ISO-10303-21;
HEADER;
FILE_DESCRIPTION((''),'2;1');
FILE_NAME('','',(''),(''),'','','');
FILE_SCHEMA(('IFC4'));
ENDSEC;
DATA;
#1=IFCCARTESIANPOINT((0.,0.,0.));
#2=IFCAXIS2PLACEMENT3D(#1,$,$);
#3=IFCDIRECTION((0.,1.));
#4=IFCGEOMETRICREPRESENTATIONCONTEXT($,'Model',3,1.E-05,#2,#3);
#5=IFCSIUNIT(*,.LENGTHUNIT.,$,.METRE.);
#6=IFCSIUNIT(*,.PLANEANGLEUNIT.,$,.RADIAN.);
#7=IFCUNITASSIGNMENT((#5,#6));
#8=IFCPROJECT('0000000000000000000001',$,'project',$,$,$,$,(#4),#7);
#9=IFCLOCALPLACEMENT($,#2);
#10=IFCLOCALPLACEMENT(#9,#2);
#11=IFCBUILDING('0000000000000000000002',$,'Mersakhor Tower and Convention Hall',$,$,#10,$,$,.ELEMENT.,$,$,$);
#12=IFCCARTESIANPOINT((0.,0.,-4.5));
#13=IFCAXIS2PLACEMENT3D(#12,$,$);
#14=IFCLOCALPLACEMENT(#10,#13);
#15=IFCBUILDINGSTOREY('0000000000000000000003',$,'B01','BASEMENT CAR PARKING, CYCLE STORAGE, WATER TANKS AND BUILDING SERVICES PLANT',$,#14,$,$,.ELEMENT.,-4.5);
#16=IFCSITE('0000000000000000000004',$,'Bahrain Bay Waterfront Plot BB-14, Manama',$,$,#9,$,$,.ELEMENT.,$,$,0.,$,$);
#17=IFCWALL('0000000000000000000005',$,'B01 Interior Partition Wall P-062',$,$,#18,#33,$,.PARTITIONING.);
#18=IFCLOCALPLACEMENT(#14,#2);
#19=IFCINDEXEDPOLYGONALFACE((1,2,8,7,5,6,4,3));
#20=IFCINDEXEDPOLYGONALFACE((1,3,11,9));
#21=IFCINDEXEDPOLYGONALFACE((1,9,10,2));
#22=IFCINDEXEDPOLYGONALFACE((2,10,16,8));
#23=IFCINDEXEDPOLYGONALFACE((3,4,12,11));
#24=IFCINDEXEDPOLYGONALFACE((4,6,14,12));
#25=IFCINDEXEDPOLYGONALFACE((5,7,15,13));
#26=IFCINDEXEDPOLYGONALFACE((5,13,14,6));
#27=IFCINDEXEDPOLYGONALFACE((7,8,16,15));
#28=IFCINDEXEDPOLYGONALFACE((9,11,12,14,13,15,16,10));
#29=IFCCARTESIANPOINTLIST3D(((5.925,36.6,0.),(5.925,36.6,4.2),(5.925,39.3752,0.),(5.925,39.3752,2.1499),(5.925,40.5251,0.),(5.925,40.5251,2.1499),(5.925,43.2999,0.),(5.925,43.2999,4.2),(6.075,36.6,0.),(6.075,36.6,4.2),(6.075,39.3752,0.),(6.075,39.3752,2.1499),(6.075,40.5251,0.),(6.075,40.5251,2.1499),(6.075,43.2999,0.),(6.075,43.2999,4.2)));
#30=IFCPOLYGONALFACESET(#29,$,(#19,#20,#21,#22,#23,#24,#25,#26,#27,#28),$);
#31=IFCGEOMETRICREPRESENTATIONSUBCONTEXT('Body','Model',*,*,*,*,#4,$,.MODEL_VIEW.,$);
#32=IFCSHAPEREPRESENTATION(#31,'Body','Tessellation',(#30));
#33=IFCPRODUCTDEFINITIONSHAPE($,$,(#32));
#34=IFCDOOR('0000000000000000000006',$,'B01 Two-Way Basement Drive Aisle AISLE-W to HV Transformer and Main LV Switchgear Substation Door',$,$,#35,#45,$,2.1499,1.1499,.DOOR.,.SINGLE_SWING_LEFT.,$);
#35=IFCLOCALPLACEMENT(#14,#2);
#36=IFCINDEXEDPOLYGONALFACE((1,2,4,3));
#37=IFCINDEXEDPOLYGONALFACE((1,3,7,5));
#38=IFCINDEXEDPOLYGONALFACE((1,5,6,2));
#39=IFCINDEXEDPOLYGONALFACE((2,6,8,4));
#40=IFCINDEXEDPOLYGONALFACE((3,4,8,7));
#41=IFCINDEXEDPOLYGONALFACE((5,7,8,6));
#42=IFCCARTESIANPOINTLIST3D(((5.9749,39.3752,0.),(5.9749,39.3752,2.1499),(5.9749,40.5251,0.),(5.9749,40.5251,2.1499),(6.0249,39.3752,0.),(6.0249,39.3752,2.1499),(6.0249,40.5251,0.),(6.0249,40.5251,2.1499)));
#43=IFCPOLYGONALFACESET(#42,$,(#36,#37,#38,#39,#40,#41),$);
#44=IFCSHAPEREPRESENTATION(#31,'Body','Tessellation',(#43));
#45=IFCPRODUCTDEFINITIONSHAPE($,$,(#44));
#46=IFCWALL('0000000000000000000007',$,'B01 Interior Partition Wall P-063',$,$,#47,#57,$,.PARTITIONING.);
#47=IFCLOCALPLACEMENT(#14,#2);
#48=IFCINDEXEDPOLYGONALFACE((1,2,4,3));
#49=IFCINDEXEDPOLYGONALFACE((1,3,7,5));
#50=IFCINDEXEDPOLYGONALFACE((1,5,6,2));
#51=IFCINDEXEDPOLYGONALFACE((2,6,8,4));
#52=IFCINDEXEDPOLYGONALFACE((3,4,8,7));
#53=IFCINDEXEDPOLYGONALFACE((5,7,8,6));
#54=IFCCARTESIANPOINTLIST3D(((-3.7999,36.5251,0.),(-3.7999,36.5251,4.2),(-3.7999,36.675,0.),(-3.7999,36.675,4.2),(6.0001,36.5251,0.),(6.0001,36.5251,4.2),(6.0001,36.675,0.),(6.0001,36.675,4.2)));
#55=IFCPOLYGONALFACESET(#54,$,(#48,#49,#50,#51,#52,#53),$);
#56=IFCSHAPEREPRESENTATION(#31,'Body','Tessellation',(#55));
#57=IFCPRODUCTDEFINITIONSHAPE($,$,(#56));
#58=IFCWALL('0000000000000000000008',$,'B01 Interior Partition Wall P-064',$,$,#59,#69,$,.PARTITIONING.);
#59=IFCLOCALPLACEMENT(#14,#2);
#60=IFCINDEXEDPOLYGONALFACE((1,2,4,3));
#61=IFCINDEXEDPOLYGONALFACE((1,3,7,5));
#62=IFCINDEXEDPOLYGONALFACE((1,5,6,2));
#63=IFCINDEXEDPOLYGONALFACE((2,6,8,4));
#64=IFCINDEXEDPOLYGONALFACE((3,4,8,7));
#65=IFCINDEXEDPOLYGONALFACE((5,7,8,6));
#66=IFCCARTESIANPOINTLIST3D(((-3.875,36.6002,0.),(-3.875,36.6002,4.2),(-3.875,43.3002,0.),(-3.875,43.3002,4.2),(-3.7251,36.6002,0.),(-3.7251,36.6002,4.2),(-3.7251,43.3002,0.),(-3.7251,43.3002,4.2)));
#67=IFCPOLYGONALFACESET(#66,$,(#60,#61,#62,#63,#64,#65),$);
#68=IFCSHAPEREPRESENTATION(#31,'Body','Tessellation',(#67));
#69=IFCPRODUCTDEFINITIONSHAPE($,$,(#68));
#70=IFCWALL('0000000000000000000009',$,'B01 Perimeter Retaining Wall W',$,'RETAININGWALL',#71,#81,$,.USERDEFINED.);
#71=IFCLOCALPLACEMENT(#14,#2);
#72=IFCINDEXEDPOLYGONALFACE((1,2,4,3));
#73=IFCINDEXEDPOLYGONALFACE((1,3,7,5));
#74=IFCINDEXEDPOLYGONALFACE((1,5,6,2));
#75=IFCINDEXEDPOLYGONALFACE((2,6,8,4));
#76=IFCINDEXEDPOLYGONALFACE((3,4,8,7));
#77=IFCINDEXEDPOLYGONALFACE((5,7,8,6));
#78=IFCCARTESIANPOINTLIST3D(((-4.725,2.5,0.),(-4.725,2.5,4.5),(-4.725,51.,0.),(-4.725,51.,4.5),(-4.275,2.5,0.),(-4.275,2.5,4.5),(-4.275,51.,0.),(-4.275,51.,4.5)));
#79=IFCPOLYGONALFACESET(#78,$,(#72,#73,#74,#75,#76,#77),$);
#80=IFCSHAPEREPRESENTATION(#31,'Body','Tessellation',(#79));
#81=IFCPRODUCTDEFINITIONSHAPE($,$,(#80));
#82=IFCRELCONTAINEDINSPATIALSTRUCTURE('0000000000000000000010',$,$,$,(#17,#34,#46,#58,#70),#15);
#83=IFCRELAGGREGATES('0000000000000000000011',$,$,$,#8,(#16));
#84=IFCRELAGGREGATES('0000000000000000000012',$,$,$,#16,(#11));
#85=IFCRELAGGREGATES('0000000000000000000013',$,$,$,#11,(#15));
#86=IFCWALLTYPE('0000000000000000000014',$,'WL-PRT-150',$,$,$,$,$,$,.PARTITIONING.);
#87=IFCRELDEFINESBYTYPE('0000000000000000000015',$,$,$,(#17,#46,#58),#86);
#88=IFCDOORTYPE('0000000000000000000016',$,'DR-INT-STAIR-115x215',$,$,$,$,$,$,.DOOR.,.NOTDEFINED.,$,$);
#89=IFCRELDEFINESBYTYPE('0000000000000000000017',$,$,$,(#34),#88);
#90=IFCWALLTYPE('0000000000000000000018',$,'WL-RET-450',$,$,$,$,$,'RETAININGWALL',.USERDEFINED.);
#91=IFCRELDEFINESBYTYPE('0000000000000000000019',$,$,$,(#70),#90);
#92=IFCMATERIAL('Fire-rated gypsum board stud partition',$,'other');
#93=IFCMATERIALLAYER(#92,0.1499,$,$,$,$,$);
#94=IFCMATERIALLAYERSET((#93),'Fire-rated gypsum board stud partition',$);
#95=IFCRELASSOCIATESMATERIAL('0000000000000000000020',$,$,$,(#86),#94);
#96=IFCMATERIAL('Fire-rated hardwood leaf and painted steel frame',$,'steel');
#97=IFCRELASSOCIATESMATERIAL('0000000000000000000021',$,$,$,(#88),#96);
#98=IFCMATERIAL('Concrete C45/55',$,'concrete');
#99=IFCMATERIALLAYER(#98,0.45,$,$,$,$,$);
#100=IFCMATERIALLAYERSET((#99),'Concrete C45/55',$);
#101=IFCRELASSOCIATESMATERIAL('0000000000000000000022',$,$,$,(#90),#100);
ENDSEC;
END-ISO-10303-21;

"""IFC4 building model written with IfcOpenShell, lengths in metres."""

from ifc_helpers import new_model, si_unit, direction, frame, frame_2d, origin, place, context, subcontext, project, spatial, rectangle, extrude, material, layer, layer_set, type_object, element, fill, save


model = new_model("IFC4")

# Units and contexts
model_context = context("Model", 3, precision=1e-05, world=origin(), true_north=direction((0.0, 1.0)))
body_context = subcontext(model_context, "Body", "Model", "MODEL_VIEW")
ifc_project = project(units=[si_unit("LENGTHUNIT", "METRE"), si_unit("PLANEANGLEUNIT", "RADIAN")], contexts=[model_context])

# Site, building, storey
site_placement = place(None, origin())
site = spatial("IfcSite", under=ifc_project, at=site_placement, Name="Bahrain Bay Waterfront Plot BB-14, Manama", CompositionType="ELEMENT", RefElevation=0.0)
building_placement = place(site_placement, origin())
building = spatial("IfcBuilding", under=site, at=building_placement, Name="Mersakhor Tower and Convention Hall", CompositionType="ELEMENT")
storey_placement = place(building_placement, frame((0.0, 0.0, -4.5)))
storey = spatial("IfcBuildingStorey", under=building, at=storey_placement, Name="B01", Description="BASEMENT CAR PARKING, CYCLE STORAGE, WATER TANKS AND BUILDING SERVICES PLANT", CompositionType="ELEMENT", Elevation=-4.5)

# Shared definitions
ifc_material_1 = material(Name="Fire-rated gypsum board stud partition", Category="other")
ifc_layer_1 = layer(ifc_material_1, 0.1499)
ifc_layer_set_1 = layer_set([ifc_layer_1], Name="Fire-rated gypsum board stud partition")
wall_type_1 = type_object("IfcWallType", Name="WL-PRT-150", PredefinedType="PARTITIONING", material=ifc_layer_set_1)

# Wall, opening, door
wall_1_placement = place(storey_placement, frame((6.0, 43.3, 0.0), z_axis=(0.0, 0.0, 1.0), x_axis=(0.0, -1.0, 0.0)))
wall_1 = element("IfcWall", 1, at=wall_1_placement, inside=storey, type_object=wall_type_1, Name="B01 Interior Partition Wall P-062", PredefinedType="PARTITIONING", context=body_context, shape_type="SweptSolid", body=[
    extrude(rectangle(XDim=6.7, YDim=0.1499, at=frame_2d((3.3501, 0.0))), origin(), (0.0, 0.0, 1.0), 4.2),
])
opening_placement = place(wall_1_placement, frame((2.7749, 0.0, 0.0)))
opening = element("IfcOpeningElement", 2, at=opening_placement, cuts=wall_1, PredefinedType="OPENING", context=body_context, shape_type="SweptSolid", body=[
    extrude(rectangle(XDim=1.1499, YDim=2.1499, at=frame_2d((0.575, 1.075))), frame((0.0, 0.085, 0.0), z_axis=(0.0, -1.0, 0.0), x_axis=(1.0, 0.0, 0.0)), (0.0, 0.0, 1.0), 0.1699),
])
ifc_material_2 = material(Name="Fire-rated hardwood leaf and painted steel frame", Category="steel")
door_type = type_object("IfcDoorType", Name="DR-INT-STAIR-115x215", OperationType="NOTDEFINED", PredefinedType="DOOR", material=ifc_material_2)
door_placement = place(opening_placement, origin())
door = element("IfcDoor", 3, at=door_placement, inside=storey, type_object=door_type, Name="B01 Two-Way Basement Drive Aisle AISLE-W to HV Transformer and Main LV Switchgear Substation Door", OperationType="SINGLE_SWING_LEFT", OverallHeight=2.1499, OverallWidth=1.1499, PredefinedType="DOOR", context=body_context, shape_type="SweptSolid", body=[
    extrude(rectangle(XDim=1.1499, YDim=2.1499, at=frame_2d((0.575, 1.075))), frame((0.0, 0.0249, 0.0), z_axis=(0.0, -1.0, 0.0), x_axis=(1.0, 0.0, 0.0)), (0.0, 0.0, 1.0), 0.05),
])
fill(opening, door)

# Walls
wall_2_placement = place(storey_placement, frame((6.0, 36.6001, 0.0), z_axis=(0.0, 0.0, 1.0), x_axis=(-1.0, 0.0, 0.0)))
element("IfcWall", 4, at=wall_2_placement, inside=storey, type_object=wall_type_1, Name="B01 Interior Partition Wall P-063", PredefinedType="PARTITIONING", context=body_context, shape_type="SweptSolid", body=[
    extrude(rectangle(XDim=9.8, YDim=0.1499, at=frame_2d((4.8999, 0.0))), origin(), (0.0, 0.0, 1.0), 4.2),
])
wall_3_placement = place(storey_placement, frame((-3.8, 36.6001, 0.0), z_axis=(0.0, 0.0, 1.0), x_axis=(0.0, 1.0, 0.0)))
element("IfcWall", 5, at=wall_3_placement, inside=storey, type_object=wall_type_1, Name="B01 Interior Partition Wall P-064", PredefinedType="PARTITIONING", context=body_context, shape_type="SweptSolid", body=[
    extrude(rectangle(XDim=6.7, YDim=0.1499, at=frame_2d((3.3501, 0.0))), origin(), (0.0, 0.0, 1.0), 4.2),
])
ifc_material_3 = material(Name="Concrete C45/55", Category="concrete")
ifc_layer_2 = layer(ifc_material_3, 0.45)
ifc_layer_set_2 = layer_set([ifc_layer_2], Name="Concrete C45/55")
wall_type_2 = type_object("IfcWallType", Name="WL-RET-450", ElementType="RETAININGWALL", PredefinedType="USERDEFINED", material=ifc_layer_set_2)
wall_4_placement = place(storey_placement, frame((-4.5, 51.0, 0.0), z_axis=(0.0, 0.0, 1.0), x_axis=(0.0, -1.0, 0.0)))
element("IfcWall", 6, at=wall_4_placement, inside=storey, type_object=wall_type_2, Name="B01 Perimeter Retaining Wall W", ObjectType="RETAININGWALL", PredefinedType="USERDEFINED", context=body_context, shape_type="SweptSolid", body=[
    extrude(rectangle(XDim=48.5, YDim=0.45, at=frame_2d((24.25, 0.0))), origin(), (0.0, 0.0, 1.0), 4.5),
])

save(model, "model.ifc")
